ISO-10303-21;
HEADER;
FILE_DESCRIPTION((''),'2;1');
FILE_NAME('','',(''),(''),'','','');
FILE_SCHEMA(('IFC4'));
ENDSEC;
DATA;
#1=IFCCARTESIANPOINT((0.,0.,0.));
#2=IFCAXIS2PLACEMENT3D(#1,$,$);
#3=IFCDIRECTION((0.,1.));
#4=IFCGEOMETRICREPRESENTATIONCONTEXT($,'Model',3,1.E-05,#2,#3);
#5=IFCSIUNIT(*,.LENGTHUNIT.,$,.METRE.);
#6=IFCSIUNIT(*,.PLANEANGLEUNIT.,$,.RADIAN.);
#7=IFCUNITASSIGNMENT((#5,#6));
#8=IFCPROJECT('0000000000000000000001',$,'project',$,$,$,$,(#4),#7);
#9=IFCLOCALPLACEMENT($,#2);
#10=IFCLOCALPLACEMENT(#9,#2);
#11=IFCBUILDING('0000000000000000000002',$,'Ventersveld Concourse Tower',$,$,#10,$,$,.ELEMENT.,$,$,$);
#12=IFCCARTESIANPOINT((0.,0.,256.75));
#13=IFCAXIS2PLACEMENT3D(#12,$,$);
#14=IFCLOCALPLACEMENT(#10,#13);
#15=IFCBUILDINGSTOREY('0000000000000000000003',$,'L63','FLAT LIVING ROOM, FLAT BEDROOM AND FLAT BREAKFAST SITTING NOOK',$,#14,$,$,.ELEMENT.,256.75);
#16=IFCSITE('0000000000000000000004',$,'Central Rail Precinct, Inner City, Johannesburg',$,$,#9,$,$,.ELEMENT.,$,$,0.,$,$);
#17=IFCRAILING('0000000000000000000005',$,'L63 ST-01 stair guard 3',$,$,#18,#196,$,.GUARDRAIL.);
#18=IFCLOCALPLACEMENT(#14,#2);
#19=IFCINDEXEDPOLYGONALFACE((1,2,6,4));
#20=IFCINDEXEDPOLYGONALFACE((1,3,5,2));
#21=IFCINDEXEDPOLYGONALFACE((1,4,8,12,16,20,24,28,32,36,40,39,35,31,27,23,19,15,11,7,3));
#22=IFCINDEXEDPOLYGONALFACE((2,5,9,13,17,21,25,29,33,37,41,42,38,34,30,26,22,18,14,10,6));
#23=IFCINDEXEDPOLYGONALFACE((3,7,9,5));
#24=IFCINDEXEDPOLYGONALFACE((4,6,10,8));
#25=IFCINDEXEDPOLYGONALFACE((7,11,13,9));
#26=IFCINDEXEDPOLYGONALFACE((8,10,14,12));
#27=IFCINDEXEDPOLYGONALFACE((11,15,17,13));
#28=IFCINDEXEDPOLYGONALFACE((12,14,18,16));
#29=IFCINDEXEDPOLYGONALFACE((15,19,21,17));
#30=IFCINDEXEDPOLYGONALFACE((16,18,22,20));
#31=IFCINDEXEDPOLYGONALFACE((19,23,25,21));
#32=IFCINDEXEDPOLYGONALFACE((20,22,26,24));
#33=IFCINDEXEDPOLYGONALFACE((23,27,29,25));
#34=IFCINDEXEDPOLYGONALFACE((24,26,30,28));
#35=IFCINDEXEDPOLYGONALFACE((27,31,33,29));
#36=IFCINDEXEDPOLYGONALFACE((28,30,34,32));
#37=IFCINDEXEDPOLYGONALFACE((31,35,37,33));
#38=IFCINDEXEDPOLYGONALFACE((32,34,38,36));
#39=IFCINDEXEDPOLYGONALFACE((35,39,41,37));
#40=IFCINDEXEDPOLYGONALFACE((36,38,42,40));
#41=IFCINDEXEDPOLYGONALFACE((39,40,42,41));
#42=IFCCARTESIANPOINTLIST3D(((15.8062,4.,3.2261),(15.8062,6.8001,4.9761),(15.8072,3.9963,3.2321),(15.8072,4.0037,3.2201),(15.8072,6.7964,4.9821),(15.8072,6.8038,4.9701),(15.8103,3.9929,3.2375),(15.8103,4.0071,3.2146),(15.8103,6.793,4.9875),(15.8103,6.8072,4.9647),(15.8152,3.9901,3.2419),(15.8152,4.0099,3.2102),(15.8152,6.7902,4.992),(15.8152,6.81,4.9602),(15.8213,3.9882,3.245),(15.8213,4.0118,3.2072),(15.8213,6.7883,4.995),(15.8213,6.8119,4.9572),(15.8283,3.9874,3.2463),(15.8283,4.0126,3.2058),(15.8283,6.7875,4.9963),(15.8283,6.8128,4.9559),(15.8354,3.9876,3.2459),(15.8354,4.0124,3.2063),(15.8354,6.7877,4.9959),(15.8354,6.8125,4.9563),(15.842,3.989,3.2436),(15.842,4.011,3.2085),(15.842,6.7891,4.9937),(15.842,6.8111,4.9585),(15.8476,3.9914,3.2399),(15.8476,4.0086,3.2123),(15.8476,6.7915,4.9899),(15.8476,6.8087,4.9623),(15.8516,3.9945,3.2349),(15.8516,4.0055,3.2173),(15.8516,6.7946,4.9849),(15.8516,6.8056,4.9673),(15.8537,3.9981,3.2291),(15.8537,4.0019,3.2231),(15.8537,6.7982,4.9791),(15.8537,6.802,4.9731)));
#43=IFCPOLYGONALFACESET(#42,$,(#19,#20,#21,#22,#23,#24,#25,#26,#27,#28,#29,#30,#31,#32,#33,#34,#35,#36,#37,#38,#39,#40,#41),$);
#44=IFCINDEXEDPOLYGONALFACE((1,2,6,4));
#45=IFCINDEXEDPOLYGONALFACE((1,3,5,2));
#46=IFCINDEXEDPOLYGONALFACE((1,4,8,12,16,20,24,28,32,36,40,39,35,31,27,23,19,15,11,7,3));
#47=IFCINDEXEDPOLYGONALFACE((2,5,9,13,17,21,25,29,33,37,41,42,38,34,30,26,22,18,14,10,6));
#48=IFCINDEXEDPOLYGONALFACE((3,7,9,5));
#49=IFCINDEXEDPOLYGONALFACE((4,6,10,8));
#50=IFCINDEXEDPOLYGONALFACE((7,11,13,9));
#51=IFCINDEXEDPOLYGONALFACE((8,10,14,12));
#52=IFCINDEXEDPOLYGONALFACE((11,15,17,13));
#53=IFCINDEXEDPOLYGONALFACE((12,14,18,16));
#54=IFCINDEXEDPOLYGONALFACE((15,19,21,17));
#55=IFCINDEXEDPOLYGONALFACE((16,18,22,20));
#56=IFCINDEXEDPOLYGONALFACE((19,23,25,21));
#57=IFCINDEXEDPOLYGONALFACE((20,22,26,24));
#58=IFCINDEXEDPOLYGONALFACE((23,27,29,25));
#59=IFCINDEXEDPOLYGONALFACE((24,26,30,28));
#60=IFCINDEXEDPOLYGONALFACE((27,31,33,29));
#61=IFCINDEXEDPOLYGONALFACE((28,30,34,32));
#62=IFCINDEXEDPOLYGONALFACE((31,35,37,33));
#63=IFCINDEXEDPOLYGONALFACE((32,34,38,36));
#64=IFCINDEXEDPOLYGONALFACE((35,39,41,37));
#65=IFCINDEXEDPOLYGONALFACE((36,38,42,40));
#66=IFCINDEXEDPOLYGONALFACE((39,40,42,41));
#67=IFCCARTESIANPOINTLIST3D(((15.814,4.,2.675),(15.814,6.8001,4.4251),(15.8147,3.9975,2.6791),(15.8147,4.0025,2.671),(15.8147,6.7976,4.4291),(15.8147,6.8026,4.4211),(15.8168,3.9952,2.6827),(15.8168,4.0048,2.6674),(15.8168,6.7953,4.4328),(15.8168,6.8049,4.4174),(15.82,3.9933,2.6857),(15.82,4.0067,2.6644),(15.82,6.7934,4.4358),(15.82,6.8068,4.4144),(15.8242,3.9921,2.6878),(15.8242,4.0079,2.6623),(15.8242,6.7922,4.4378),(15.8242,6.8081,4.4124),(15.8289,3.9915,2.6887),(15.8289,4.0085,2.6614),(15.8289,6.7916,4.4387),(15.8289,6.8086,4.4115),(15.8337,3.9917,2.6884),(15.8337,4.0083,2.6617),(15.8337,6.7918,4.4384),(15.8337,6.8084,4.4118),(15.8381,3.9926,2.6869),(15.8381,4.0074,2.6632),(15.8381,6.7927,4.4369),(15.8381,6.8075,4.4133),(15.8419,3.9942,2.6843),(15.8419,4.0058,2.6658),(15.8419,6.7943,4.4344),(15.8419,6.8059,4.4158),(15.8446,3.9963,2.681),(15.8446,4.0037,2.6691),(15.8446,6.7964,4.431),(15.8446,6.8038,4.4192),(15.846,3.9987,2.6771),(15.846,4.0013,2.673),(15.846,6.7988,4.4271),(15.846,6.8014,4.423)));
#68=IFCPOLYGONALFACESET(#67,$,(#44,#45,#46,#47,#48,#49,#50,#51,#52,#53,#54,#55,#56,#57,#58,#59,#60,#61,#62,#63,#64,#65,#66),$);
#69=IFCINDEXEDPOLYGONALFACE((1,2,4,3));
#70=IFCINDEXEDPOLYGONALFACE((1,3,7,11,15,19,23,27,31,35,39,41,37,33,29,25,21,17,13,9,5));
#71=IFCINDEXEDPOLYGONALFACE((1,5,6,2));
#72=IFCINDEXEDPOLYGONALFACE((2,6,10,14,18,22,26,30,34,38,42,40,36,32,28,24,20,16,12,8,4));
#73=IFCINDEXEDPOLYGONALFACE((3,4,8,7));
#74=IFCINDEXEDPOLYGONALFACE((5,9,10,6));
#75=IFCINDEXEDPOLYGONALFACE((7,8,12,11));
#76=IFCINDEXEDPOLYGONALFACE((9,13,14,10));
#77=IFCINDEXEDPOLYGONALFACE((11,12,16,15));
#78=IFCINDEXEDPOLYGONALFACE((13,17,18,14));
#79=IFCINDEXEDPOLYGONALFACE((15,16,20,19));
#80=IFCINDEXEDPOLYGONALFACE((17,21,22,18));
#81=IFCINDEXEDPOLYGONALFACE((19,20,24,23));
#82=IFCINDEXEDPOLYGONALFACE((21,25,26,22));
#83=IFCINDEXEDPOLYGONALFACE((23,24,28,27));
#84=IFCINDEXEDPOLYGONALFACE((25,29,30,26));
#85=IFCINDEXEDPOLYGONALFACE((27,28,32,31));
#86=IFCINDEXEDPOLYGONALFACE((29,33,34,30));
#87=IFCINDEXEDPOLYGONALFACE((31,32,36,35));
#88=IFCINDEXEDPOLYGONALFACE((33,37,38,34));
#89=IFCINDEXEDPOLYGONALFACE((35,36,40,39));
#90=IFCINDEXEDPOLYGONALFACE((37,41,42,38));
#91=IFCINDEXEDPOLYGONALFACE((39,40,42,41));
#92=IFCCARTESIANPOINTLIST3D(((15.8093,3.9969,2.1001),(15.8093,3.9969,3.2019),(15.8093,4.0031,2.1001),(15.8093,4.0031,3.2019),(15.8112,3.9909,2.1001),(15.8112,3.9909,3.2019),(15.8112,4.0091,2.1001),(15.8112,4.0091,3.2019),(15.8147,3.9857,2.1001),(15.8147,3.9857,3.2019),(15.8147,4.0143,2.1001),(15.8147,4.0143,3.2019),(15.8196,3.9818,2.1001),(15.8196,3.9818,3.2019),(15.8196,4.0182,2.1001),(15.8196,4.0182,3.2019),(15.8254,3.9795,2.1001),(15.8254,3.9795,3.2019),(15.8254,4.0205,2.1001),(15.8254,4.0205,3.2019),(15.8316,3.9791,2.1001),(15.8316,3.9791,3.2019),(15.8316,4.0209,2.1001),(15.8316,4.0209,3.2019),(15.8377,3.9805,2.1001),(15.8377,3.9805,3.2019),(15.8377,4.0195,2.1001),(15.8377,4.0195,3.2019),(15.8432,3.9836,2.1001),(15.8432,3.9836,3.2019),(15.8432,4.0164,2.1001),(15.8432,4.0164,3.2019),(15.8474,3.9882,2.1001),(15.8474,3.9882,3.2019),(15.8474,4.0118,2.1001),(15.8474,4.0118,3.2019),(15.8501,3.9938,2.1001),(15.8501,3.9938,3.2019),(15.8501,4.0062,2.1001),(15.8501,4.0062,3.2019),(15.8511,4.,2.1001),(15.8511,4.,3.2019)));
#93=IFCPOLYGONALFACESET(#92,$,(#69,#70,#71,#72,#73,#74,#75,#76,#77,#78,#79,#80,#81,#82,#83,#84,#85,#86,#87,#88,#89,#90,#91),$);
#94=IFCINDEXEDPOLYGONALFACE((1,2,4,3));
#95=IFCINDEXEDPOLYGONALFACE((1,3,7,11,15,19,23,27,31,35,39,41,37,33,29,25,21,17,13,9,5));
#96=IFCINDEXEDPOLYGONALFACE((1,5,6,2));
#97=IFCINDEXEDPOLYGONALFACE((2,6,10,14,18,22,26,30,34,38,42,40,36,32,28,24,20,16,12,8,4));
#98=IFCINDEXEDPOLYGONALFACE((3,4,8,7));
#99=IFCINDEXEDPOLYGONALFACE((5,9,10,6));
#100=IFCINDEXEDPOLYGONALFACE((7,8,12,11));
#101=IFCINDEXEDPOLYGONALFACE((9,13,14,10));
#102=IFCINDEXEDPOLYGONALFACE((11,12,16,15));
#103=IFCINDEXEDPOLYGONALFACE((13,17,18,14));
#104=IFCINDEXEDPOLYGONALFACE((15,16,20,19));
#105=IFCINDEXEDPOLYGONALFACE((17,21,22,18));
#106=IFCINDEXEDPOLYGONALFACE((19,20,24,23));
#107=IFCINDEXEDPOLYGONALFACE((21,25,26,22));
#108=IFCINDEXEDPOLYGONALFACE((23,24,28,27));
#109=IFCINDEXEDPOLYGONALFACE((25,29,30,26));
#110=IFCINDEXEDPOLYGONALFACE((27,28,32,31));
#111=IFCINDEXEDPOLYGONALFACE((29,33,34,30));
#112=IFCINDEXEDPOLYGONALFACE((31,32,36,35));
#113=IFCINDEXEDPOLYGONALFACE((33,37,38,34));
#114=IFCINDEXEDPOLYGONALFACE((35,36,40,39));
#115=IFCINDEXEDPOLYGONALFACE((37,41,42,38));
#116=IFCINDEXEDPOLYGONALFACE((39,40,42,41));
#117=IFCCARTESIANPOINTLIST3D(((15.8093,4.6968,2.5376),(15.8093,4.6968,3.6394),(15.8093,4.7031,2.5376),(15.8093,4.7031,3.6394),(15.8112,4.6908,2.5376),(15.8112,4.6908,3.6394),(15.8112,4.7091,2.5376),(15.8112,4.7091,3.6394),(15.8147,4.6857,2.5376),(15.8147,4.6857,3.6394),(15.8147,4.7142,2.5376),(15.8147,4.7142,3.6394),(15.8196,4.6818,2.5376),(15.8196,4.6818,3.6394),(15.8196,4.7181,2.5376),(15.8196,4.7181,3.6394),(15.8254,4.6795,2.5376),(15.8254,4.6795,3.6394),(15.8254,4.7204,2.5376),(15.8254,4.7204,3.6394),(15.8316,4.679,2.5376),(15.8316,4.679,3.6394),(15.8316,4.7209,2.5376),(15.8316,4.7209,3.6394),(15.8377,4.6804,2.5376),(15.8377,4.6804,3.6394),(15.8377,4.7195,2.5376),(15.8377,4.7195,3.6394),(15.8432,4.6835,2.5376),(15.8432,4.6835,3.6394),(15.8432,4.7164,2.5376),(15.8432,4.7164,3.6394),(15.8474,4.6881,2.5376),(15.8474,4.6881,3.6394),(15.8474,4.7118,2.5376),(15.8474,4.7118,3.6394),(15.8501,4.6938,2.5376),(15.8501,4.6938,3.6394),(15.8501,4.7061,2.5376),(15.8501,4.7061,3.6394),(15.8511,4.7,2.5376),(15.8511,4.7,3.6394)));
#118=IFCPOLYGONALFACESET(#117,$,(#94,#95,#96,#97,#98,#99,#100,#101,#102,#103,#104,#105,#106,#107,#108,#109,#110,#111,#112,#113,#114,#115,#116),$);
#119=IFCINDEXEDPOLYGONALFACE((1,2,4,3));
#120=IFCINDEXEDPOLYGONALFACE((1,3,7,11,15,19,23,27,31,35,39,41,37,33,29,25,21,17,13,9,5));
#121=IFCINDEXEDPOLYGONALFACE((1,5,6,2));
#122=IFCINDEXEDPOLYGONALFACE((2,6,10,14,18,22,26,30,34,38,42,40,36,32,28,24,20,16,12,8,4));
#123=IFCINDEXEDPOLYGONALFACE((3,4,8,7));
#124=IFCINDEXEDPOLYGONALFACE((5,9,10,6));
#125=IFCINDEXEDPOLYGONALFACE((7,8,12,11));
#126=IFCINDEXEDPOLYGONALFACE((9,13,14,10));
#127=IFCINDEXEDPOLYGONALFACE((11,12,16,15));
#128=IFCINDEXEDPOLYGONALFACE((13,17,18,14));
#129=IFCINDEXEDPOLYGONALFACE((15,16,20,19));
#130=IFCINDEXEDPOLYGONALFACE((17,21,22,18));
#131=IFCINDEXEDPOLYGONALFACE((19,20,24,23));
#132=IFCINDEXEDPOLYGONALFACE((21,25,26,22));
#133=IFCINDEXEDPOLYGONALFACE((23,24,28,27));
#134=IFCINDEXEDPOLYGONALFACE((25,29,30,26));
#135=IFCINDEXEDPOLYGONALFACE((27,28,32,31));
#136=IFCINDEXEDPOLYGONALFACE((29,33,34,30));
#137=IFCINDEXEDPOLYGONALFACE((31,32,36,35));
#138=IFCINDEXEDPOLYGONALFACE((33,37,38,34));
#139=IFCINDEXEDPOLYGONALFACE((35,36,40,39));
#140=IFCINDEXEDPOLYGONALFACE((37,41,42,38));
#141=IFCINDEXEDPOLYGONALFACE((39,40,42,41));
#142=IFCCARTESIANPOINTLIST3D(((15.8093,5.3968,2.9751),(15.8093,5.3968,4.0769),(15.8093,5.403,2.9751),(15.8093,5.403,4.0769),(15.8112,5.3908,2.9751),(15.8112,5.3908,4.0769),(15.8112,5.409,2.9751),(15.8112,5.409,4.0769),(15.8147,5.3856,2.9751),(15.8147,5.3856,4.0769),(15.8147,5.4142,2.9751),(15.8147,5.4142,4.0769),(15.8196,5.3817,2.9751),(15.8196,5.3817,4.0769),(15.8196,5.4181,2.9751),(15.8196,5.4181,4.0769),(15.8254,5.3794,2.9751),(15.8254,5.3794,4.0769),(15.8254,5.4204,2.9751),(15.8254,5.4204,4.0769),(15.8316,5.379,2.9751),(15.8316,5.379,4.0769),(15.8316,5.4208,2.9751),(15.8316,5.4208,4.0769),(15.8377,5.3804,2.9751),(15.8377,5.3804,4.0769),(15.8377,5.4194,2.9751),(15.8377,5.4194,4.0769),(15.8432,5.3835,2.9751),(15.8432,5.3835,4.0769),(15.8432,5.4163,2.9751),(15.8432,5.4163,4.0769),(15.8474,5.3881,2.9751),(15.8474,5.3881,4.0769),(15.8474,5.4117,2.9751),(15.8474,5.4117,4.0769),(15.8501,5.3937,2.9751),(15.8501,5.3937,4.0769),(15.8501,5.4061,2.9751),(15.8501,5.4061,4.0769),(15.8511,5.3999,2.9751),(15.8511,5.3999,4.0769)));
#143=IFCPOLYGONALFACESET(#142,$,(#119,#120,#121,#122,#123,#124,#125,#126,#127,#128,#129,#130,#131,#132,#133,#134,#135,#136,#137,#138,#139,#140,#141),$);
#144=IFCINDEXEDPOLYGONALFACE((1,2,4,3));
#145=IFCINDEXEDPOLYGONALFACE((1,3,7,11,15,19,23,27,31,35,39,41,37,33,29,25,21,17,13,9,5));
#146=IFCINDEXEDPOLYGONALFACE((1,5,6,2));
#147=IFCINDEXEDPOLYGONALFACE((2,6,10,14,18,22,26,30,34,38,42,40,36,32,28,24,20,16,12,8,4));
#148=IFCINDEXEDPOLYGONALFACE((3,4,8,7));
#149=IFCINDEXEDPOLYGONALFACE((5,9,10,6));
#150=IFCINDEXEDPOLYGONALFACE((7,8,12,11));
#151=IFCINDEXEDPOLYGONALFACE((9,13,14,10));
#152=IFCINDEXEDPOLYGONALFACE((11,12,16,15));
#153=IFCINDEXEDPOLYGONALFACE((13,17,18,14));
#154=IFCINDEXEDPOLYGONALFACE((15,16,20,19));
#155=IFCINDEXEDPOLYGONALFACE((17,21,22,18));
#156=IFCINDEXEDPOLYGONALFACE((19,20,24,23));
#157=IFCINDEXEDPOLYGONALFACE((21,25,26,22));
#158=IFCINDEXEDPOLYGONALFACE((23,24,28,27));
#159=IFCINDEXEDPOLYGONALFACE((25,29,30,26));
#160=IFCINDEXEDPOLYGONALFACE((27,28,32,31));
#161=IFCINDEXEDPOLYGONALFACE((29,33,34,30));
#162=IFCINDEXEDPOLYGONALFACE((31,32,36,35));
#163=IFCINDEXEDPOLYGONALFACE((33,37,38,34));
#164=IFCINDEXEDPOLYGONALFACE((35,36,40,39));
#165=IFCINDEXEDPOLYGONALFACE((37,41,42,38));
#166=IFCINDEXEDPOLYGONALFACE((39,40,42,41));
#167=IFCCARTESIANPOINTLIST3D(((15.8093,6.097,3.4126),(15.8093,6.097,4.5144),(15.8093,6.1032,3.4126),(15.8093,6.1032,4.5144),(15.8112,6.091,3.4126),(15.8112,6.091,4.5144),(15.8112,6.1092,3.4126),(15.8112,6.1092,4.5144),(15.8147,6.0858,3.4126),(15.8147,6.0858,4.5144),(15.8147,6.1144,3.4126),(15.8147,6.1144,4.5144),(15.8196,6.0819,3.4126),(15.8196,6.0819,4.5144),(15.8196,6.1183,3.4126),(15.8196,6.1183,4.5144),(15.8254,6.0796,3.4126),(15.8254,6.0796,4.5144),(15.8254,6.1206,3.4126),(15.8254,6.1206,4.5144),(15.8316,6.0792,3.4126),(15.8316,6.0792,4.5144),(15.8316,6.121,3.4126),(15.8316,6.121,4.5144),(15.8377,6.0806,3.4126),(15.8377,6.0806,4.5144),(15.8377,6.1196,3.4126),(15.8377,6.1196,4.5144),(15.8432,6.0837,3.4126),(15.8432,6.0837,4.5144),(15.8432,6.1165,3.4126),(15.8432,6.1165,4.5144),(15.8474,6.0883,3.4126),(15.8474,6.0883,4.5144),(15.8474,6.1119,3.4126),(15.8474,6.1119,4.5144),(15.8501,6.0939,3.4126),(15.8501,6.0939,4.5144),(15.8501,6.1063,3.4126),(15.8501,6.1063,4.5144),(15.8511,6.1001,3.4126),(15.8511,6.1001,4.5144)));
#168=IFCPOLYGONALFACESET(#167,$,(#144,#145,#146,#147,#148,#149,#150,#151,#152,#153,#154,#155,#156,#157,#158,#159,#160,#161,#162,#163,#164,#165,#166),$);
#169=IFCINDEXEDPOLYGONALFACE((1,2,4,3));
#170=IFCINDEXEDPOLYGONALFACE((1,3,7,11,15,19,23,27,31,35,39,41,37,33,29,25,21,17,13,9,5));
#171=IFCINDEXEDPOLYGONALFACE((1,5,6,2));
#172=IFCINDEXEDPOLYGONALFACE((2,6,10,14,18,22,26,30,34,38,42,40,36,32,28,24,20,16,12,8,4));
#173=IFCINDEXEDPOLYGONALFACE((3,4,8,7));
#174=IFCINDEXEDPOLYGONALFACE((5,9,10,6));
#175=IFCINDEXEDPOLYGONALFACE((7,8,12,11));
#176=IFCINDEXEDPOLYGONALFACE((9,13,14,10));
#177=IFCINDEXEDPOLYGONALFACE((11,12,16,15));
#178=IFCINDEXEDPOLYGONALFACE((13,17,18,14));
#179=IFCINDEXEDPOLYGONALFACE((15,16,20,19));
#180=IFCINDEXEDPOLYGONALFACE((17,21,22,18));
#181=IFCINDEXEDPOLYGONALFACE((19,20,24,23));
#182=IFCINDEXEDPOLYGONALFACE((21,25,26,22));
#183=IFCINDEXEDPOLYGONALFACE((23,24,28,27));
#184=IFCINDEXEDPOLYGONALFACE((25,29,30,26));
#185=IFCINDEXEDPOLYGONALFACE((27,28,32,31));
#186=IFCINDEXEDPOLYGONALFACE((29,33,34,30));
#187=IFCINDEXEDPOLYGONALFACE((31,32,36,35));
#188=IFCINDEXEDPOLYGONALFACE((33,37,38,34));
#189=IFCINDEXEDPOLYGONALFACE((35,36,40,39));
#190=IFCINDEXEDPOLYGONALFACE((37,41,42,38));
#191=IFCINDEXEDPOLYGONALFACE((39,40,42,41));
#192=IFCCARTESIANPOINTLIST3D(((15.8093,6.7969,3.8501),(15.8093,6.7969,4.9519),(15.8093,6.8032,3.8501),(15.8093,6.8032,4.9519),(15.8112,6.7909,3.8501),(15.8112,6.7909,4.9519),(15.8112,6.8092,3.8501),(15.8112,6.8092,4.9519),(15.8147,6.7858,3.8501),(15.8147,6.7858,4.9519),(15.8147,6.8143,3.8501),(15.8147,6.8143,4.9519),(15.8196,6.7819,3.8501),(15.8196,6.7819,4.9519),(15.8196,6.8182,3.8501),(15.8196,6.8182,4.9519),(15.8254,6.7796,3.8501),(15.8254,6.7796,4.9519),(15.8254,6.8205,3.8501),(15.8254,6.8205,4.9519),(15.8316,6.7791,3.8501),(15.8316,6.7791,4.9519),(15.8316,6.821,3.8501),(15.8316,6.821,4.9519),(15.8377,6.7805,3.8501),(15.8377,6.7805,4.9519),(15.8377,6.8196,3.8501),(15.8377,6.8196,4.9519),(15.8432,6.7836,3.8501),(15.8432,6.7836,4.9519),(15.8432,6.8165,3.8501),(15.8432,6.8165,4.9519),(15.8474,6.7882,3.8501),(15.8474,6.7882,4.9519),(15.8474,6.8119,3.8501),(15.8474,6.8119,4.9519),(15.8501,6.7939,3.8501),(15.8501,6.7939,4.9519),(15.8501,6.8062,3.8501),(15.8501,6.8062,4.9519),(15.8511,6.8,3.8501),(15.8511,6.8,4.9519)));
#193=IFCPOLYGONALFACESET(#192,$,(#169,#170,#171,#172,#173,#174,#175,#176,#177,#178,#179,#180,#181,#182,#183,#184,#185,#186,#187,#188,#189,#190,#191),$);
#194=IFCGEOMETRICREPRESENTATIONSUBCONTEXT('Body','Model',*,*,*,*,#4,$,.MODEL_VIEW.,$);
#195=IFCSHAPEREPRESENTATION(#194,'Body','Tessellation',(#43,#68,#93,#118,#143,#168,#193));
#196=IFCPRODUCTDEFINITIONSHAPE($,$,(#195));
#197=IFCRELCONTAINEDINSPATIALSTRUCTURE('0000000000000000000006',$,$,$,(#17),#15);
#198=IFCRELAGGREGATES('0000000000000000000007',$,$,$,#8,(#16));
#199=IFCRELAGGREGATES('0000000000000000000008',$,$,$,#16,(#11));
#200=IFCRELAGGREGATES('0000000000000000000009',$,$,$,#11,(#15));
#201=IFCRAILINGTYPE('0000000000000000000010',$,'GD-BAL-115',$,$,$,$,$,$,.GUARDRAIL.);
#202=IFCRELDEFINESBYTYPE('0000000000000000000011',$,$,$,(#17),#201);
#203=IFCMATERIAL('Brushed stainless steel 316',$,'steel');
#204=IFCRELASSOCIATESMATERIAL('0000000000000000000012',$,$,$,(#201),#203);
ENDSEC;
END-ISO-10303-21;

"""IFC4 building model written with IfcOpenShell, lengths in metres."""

from ifc_helpers import new_model, si_unit, direction, frame, origin, origin_2d, place, context, subcontext, project, spatial, circle, extrude, material, type_object, element, save


model = new_model("IFC4")

# Units and contexts
model_context = context("Model", 3, precision=1e-05, world=origin(), true_north=direction((0.0, 1.0)))
body_context = subcontext(model_context, "Body", "Model", "MODEL_VIEW")
ifc_project = project(units=[si_unit("LENGTHUNIT", "METRE"), si_unit("PLANEANGLEUNIT", "RADIAN")], contexts=[model_context])

# Site, building, storey
site_placement = place(None, origin())
site = spatial("IfcSite", under=ifc_project, at=site_placement, Name="Central Rail Precinct, Inner City, Johannesburg", CompositionType="ELEMENT", RefElevation=0.0)
building_placement = place(site_placement, origin())
building = spatial("IfcBuilding", under=site, at=building_placement, Name="Ventersveld Concourse Tower", CompositionType="ELEMENT")
storey_placement = place(building_placement, frame((0.0, 0.0, 256.75)))
storey = spatial("IfcBuildingStorey", under=building, at=storey_placement, Name="L63", Description="FLAT LIVING ROOM, FLAT BEDROOM AND FLAT BREAKFAST SITTING NOOK", CompositionType="ELEMENT", Elevation=256.75)

# Railing
ifc_material_1 = material(Name="Brushed stainless steel 316", Category="steel")
railing_type_1 = type_object("IfcRailingType", Name="GD-BAL-115", PredefinedType="GUARDRAIL", material=ifc_material_1)
railing_1_placement = place(storey_placement, frame((15.8301, 4.0, 2.1001)))
element("IfcRailing", 1, at=railing_1_placement, inside=storey, type_object=railing_type_1, Name="L63 ST-01 stair guard 3", PredefinedType="GUARDRAIL", context=body_context, shape_type="SweptSolid", body=[
    extrude(circle(Radius=0.0239, at=origin_2d()), frame((0.0, 0.0, 1.126), z_axis=(0.0, 0.848002, 0.529992), x_axis=(-1.0, 0.0, 0.0)), (0.0, 0.0, 1.0), 3.302),
    extrude(circle(Radius=0.0161, at=origin_2d()), frame((0.0, 0.0, 0.575), z_axis=(0.0, 0.848002, 0.529992), x_axis=(-1.0, 0.0, 0.0)), (0.0, 0.0, 1.0), 3.302),
    extrude(circle(Radius=0.021, at=origin_2d()), origin(), (0.0, 0.0, 1.0), 1.1018),
    extrude(circle(Radius=0.021, at=origin_2d()), frame((0.0, 0.7, 0.4375)), (0.0, 0.0, 1.0), 1.1018),
    extrude(circle(Radius=0.021, at=origin_2d()), frame((0.0, 1.3999, 0.875)), (0.0, 0.0, 1.0), 1.1018),
    extrude(circle(Radius=0.021, at=origin_2d()), frame((0.0, 2.1001, 1.3125)), (0.0, 0.0, 1.0), 1.1018),
    extrude(circle(Radius=0.021, at=origin_2d()), frame((0.0, 2.8, 1.75)), (0.0, 0.0, 1.0), 1.1018),
])

save(model, "model.ifc")
